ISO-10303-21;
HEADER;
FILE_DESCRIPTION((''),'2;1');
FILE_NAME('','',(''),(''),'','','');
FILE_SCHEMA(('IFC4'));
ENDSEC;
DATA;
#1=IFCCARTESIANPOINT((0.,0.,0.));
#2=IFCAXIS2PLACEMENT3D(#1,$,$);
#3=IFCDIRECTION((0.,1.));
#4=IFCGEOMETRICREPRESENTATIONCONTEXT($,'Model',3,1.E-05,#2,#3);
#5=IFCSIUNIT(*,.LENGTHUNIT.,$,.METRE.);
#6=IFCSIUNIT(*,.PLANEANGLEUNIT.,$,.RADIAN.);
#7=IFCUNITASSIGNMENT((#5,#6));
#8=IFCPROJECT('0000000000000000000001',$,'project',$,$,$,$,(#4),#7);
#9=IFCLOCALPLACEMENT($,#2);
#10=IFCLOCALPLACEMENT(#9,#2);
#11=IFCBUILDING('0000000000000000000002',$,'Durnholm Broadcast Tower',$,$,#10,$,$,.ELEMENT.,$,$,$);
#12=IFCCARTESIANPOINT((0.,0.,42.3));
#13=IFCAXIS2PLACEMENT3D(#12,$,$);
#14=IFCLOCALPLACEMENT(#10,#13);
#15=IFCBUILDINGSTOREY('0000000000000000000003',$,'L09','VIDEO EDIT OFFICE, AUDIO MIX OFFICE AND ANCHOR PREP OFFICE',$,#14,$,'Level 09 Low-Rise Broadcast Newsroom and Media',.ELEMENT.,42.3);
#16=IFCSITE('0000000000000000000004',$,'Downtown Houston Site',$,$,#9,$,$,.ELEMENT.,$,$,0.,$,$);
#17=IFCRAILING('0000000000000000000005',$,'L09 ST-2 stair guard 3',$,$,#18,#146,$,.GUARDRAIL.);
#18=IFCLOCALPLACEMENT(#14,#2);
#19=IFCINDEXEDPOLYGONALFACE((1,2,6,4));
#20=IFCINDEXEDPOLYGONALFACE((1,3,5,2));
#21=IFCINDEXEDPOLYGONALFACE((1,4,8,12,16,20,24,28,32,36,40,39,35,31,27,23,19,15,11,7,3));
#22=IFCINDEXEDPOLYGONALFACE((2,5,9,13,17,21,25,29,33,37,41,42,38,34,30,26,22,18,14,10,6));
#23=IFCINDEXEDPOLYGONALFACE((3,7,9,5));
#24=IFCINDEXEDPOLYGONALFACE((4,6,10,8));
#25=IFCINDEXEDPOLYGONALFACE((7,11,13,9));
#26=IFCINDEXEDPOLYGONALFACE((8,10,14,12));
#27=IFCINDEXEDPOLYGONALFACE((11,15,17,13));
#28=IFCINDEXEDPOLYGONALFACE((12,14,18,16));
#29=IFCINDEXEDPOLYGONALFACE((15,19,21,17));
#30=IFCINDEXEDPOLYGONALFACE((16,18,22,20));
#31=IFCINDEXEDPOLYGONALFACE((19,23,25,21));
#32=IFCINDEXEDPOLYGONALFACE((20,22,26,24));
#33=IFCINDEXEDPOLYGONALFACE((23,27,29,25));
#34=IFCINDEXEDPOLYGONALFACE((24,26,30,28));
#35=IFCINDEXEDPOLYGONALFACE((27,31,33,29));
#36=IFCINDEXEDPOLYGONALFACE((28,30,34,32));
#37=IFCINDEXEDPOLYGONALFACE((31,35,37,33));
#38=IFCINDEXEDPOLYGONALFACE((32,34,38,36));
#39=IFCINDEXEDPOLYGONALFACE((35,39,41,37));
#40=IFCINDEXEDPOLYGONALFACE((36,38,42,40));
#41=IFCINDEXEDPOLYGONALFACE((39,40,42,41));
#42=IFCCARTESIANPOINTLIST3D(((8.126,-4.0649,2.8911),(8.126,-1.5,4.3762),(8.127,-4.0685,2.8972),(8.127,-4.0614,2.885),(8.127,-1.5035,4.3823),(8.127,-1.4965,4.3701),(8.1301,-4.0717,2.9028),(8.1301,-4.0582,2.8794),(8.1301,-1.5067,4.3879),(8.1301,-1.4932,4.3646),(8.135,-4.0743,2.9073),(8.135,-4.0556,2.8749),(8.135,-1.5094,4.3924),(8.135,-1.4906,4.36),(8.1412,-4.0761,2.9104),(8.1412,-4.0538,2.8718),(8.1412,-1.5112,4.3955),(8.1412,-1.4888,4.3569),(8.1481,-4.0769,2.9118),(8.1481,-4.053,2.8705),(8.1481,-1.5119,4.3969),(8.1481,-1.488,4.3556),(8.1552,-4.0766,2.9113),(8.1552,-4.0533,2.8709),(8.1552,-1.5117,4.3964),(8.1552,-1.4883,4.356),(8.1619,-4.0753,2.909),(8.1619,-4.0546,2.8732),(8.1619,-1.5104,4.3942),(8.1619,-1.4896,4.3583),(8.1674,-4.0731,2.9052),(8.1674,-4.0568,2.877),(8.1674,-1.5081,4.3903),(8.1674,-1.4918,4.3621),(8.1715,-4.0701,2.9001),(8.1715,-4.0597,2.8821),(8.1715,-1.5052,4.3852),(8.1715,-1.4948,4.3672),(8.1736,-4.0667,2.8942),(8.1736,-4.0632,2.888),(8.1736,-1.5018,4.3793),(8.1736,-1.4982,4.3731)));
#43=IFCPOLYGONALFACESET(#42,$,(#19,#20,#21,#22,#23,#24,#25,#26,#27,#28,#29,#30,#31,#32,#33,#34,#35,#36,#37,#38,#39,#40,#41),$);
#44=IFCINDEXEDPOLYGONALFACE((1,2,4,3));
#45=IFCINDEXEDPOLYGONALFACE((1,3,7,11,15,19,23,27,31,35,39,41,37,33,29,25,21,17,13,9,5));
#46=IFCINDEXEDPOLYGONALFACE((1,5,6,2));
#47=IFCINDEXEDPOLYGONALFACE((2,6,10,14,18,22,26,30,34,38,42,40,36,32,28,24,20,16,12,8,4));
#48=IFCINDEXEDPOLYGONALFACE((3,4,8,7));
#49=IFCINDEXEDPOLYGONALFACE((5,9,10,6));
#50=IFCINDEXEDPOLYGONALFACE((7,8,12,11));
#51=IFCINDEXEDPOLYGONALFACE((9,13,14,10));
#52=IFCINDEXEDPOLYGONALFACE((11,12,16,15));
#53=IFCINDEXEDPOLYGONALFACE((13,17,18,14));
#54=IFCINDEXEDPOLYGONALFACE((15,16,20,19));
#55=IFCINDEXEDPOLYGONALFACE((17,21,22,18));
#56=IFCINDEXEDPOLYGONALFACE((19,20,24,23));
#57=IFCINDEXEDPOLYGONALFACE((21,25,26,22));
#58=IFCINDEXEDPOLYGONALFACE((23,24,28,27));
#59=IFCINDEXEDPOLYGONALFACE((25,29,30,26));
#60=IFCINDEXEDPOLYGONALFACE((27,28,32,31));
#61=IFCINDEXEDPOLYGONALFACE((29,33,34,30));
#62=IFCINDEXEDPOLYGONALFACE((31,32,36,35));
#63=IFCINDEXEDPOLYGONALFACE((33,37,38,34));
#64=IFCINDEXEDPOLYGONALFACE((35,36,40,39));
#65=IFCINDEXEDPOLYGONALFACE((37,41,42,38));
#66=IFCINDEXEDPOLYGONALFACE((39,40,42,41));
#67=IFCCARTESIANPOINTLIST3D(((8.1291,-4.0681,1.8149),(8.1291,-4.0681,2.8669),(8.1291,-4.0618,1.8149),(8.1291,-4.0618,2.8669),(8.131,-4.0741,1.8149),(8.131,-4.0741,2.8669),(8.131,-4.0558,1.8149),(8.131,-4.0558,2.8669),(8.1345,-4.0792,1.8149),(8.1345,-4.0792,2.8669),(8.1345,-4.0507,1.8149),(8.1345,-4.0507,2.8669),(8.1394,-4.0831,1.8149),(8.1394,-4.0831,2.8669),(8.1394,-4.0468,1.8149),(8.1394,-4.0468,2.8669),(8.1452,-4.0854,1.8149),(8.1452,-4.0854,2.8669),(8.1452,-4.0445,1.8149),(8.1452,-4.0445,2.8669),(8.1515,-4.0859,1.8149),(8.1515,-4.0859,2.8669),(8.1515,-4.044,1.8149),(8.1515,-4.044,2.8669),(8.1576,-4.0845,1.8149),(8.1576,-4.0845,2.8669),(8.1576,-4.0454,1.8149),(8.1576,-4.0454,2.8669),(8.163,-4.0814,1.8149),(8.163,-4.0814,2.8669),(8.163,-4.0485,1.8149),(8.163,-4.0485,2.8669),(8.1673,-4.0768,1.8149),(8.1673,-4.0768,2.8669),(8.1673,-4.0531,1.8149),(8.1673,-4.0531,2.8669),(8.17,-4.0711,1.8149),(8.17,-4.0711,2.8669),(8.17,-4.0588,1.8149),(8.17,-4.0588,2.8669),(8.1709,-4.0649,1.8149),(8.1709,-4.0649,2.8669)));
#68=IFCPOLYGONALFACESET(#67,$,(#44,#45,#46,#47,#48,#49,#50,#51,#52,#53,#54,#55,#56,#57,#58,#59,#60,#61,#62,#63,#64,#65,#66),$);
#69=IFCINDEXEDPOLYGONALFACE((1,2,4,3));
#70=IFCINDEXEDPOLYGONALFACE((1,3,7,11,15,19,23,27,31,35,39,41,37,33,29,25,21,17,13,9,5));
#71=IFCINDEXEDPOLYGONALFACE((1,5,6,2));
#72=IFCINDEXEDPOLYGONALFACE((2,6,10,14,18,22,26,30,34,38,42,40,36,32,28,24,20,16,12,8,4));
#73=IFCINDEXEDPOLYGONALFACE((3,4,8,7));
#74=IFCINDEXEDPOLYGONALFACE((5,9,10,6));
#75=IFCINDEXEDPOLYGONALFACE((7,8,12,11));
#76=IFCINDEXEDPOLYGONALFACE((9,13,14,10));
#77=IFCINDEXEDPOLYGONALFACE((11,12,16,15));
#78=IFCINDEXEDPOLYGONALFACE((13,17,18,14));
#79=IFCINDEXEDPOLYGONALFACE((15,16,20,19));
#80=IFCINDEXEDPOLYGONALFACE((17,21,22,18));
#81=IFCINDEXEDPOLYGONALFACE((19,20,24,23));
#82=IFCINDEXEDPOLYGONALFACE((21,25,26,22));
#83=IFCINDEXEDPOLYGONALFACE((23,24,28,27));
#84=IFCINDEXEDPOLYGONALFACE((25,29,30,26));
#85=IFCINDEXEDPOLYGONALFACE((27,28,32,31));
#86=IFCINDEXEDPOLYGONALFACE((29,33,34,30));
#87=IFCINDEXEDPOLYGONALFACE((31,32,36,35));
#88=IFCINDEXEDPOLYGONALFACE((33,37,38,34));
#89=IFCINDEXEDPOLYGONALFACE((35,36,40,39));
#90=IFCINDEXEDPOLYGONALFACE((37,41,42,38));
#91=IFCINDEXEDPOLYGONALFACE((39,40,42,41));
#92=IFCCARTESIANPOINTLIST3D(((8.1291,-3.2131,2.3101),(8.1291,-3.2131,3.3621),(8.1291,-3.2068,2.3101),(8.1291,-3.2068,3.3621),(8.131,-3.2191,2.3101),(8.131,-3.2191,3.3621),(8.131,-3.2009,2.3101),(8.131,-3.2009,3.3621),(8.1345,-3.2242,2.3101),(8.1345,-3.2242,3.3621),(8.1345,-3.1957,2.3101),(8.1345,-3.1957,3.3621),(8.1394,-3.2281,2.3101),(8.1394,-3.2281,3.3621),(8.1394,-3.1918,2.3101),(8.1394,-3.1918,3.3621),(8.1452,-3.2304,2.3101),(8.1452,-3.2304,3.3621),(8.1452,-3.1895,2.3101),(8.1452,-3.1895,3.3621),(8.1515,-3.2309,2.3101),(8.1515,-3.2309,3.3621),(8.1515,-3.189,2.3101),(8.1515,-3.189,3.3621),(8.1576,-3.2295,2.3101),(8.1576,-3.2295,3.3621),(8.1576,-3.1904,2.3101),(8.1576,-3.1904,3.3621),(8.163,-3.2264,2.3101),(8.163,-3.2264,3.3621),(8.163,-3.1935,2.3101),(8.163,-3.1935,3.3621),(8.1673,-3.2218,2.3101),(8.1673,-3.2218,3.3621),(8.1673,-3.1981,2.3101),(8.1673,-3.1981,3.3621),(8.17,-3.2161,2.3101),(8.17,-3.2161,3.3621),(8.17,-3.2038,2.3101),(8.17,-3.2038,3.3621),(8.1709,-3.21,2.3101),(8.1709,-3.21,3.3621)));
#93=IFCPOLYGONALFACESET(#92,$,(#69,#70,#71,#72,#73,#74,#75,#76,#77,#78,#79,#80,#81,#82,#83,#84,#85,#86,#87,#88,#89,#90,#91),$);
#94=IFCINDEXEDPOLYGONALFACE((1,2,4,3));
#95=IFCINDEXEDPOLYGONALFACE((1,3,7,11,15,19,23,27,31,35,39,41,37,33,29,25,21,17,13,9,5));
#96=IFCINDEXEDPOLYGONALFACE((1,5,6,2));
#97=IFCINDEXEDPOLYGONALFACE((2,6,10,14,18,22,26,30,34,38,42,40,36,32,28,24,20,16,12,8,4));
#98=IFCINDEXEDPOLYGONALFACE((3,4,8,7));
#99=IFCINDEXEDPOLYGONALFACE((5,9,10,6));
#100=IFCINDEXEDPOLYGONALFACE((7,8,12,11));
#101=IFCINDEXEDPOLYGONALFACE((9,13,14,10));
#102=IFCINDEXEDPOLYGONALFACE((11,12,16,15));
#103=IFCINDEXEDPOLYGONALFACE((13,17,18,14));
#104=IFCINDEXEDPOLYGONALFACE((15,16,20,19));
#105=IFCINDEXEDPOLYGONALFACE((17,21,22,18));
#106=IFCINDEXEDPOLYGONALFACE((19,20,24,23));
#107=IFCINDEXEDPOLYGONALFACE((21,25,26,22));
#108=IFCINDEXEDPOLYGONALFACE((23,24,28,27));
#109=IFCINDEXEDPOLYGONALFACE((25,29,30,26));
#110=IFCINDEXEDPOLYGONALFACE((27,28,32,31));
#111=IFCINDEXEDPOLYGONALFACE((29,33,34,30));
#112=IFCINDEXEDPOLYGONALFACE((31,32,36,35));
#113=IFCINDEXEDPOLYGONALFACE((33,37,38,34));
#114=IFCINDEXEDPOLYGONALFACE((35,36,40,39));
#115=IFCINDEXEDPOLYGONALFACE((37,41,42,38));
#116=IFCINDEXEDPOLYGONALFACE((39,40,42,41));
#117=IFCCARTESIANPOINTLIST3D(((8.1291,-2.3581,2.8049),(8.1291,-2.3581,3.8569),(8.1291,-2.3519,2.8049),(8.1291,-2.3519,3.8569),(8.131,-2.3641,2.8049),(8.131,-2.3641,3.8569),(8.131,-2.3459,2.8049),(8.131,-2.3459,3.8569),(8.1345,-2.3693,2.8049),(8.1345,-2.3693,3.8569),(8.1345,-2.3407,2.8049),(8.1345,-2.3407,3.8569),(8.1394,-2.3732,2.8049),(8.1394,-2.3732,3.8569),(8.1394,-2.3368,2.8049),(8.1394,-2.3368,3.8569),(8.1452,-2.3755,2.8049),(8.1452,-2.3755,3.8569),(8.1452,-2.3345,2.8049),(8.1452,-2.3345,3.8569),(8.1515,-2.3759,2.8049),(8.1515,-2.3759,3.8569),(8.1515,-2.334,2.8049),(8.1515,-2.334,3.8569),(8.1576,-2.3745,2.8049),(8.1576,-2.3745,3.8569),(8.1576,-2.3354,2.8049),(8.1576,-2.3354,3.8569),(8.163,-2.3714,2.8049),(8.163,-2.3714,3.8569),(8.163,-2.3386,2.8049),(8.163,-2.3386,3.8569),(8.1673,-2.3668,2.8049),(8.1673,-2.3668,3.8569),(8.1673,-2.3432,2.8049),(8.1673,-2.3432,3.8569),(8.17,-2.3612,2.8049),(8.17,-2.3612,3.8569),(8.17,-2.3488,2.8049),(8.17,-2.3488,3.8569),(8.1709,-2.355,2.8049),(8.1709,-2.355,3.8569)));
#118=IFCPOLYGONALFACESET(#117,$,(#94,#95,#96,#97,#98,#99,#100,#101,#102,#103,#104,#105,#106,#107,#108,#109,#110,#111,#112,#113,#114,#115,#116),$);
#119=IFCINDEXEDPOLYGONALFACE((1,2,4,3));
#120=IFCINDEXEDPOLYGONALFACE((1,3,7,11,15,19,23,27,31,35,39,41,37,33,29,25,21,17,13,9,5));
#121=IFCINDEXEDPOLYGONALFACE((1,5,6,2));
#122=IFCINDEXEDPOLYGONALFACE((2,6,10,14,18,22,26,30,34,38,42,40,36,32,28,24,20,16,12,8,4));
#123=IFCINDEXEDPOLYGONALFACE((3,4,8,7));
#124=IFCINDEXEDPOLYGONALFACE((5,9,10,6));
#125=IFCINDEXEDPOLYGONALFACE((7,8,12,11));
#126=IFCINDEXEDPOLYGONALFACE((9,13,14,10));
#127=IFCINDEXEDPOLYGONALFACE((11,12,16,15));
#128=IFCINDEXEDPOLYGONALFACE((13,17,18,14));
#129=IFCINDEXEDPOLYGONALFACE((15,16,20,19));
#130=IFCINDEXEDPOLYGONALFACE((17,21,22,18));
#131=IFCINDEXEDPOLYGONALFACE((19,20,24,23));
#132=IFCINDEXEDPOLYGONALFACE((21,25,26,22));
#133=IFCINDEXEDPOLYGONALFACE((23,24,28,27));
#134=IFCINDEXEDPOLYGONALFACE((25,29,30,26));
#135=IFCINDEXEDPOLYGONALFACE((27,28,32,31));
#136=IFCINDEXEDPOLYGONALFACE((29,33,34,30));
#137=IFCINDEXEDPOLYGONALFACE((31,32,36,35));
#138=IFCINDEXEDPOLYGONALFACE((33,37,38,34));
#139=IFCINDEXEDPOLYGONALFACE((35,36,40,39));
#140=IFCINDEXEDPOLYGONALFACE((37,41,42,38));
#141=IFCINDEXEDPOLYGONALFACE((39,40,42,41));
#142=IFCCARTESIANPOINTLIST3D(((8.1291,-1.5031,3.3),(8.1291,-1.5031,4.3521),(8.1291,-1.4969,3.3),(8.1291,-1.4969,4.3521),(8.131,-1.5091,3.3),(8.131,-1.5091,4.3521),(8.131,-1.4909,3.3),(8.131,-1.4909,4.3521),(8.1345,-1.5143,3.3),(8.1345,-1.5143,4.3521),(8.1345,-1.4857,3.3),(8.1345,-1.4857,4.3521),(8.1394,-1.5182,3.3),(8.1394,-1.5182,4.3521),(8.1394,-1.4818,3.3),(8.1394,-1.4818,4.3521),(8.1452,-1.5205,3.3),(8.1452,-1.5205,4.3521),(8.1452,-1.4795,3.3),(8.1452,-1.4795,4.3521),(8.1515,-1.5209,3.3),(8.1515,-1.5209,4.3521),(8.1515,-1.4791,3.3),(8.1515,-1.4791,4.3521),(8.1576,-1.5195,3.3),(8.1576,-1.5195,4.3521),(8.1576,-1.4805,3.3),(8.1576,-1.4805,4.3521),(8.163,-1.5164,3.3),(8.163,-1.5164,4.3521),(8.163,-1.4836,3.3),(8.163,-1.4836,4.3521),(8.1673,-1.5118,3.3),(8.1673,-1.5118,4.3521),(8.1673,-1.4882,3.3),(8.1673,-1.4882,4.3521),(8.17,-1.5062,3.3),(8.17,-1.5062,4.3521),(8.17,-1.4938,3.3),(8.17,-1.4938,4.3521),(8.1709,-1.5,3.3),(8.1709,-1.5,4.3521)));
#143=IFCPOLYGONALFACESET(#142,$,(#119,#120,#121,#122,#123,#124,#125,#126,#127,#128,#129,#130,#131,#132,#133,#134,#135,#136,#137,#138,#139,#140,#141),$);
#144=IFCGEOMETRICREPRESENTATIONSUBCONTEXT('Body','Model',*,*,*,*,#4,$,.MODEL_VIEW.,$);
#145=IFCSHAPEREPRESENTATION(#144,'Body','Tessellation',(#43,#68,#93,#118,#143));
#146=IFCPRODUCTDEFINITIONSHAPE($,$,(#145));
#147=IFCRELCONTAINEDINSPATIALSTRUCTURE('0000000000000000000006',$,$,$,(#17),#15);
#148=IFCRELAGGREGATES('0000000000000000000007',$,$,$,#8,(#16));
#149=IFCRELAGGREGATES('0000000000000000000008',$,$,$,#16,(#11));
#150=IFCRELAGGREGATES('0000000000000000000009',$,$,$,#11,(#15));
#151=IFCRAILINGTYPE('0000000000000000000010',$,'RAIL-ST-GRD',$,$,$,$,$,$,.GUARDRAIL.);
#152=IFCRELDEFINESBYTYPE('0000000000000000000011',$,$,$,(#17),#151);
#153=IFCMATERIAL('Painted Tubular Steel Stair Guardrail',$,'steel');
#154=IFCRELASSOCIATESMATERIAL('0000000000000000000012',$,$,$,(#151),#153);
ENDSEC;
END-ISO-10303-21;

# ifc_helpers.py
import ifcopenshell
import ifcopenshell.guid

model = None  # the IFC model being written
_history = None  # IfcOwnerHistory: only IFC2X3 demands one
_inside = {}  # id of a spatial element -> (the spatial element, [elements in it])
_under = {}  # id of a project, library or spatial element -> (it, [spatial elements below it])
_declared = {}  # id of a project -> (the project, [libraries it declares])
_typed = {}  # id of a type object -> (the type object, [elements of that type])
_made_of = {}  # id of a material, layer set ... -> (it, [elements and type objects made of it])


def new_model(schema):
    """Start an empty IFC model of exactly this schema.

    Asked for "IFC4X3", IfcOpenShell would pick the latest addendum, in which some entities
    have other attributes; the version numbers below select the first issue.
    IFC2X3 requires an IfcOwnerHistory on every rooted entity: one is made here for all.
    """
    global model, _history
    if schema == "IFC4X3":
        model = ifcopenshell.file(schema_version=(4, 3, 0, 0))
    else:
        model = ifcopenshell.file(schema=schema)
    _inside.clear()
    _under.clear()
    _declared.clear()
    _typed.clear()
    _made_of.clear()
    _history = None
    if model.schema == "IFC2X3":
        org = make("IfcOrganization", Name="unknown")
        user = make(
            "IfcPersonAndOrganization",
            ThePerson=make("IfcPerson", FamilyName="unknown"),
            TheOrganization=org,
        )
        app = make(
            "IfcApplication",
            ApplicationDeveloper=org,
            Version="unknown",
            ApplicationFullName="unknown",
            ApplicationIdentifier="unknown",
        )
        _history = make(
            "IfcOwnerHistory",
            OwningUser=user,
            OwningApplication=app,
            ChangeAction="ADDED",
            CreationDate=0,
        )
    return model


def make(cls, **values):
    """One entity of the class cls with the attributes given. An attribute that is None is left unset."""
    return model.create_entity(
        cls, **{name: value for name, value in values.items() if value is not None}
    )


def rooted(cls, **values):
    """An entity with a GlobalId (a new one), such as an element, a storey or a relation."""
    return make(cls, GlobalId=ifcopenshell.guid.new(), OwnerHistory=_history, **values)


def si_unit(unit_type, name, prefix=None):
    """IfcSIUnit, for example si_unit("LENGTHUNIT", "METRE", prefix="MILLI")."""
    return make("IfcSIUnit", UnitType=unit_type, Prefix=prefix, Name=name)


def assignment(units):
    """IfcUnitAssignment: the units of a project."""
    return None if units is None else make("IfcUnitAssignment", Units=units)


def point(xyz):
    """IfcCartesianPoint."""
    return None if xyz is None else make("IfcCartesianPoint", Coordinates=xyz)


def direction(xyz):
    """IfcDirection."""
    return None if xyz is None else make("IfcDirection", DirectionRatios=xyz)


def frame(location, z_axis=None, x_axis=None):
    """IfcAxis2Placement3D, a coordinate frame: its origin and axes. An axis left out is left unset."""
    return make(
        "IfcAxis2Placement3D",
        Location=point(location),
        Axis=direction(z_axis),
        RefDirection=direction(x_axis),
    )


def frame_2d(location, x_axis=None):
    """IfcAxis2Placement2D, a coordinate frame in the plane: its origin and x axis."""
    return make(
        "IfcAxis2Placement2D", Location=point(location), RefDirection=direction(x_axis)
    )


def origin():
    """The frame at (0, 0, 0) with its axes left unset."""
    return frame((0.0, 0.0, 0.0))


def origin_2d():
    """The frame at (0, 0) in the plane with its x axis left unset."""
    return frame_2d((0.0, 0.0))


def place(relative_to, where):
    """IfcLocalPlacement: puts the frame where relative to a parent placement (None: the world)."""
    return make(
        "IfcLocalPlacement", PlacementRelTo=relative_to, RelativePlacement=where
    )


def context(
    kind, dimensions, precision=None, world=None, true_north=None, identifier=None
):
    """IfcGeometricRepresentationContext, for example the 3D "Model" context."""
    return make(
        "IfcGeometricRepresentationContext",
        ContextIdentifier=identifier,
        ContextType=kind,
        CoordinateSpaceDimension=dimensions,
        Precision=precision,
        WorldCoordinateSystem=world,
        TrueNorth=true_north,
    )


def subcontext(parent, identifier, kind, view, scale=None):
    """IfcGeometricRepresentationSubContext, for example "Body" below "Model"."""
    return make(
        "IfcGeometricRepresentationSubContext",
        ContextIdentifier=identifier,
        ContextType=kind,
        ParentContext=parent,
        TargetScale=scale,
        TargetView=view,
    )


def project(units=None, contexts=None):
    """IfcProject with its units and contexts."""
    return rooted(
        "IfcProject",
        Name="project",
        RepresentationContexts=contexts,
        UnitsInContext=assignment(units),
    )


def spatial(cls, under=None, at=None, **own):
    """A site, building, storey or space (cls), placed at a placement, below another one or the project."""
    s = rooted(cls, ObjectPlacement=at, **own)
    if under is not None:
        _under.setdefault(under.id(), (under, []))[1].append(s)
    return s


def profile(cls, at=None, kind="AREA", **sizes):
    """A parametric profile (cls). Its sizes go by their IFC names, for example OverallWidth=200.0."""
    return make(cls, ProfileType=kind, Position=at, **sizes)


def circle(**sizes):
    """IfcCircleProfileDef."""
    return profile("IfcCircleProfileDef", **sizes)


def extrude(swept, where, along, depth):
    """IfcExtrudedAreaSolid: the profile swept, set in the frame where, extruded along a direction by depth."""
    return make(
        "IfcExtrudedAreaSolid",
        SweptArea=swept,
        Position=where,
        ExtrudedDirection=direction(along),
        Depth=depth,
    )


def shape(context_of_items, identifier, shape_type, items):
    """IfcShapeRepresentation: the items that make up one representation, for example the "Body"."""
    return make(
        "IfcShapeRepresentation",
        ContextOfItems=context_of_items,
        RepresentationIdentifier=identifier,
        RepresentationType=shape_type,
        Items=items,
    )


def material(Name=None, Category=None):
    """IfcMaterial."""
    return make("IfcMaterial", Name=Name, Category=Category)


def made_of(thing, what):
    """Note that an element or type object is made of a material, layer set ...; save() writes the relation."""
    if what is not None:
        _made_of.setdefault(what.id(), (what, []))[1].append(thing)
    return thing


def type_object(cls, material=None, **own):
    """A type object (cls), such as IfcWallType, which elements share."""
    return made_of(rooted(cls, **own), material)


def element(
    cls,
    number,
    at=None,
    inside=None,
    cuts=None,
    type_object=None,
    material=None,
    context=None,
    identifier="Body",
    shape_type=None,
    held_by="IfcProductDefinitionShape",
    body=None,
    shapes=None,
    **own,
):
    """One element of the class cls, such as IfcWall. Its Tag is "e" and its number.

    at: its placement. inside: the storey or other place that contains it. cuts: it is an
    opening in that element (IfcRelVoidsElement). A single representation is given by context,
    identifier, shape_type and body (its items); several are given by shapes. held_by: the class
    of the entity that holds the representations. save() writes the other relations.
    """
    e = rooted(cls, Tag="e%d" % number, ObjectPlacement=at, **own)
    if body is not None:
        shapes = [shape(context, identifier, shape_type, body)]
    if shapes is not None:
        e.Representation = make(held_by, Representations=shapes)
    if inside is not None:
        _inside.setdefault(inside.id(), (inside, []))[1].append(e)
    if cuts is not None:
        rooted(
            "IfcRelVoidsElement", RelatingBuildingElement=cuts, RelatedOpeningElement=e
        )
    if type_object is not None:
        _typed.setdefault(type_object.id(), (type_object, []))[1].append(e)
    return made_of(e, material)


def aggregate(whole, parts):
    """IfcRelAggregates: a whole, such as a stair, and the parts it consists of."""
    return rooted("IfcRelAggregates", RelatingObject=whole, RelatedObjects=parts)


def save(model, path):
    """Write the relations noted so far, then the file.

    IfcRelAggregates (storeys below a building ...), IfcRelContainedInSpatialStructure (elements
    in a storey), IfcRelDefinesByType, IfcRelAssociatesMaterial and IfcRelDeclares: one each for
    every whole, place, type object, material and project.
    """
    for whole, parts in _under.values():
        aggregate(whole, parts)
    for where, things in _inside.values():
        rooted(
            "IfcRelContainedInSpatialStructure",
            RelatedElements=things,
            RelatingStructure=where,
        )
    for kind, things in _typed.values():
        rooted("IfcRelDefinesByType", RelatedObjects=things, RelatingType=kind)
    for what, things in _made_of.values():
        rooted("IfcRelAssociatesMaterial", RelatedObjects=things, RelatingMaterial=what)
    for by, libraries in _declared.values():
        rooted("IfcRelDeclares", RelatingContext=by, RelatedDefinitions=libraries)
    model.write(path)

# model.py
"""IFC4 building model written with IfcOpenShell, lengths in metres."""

from ifc_helpers import new_model, si_unit, direction, frame, origin, origin_2d, place, context, subcontext, project, spatial, circle, extrude, material, type_object, element, save


model = new_model("IFC4")

# Units and contexts
model_context = context("Model", 3, precision=1e-05, world=origin(), true_north=direction((0.0, 1.0)))
body_context = subcontext(model_context, "Body", "Model", "MODEL_VIEW")
ifc_project = project(units=[si_unit("LENGTHUNIT", "METRE"), si_unit("PLANEANGLEUNIT", "RADIAN")], contexts=[model_context])

# Site, building, storey
site_placement = place(None, origin())
site = spatial("IfcSite", under=ifc_project, at=site_placement, Name="Downtown Houston Site", CompositionType="ELEMENT", RefElevation=0.0)
building_placement = place(site_placement, origin())
building = spatial("IfcBuilding", under=site, at=building_placement, Name="Durnholm Broadcast Tower", CompositionType="ELEMENT")
storey_placement = place(building_placement, frame((0.0, 0.0, 42.3)))
storey = spatial("IfcBuildingStorey", under=building, at=storey_placement, Name="L09", Description="VIDEO EDIT OFFICE, AUDIO MIX OFFICE AND ANCHOR PREP OFFICE", LongName="Level 09 Low-Rise Broadcast Newsroom and Media", CompositionType="ELEMENT", Elevation=42.3)

# Railing
ifc_material_1 = material(Name="Painted Tubular Steel Stair Guardrail", Category="steel")
railing_type_1 = type_object("IfcRailingType", Name="RAIL-ST-GRD", PredefinedType="GUARDRAIL", material=ifc_material_1)
railing_1_placement = place(storey_placement, frame((8.1499, -4.0649, 1.8149)))
element("IfcRailing", 1, at=railing_1_placement, inside=storey, type_object=railing_type_1, Name="L09 ST-2 stair guard 3", PredefinedType="GUARDRAIL", context=body_context, shape_type="SweptSolid", body=[
    extrude(circle(Radius=0.0239, at=origin_2d()), frame((0.0, 0.0, 1.0762), z_axis=(0.0, 0.865406, 0.501072), x_axis=(-1.0, 0.0, 0.0)), (0.0, 0.0, 1.0), 2.9639),
    extrude(circle(Radius=0.021, at=origin_2d()), origin(), (0.0, 0.0, 1.0), 1.052),
    extrude(circle(Radius=0.021, at=origin_2d()), frame((0.0, 0.855, 0.4951)), (0.0, 0.0, 1.0), 1.052),
    extrude(circle(Radius=0.021, at=origin_2d()), frame((0.0, 1.71, 0.99)), (0.0, 0.0, 1.0), 1.052),
    extrude(circle(Radius=0.021, at=origin_2d()), frame((0.0, 2.5649, 1.4851)), (0.0, 0.0, 1.0), 1.052),
])

save(model, "model.ifc")
